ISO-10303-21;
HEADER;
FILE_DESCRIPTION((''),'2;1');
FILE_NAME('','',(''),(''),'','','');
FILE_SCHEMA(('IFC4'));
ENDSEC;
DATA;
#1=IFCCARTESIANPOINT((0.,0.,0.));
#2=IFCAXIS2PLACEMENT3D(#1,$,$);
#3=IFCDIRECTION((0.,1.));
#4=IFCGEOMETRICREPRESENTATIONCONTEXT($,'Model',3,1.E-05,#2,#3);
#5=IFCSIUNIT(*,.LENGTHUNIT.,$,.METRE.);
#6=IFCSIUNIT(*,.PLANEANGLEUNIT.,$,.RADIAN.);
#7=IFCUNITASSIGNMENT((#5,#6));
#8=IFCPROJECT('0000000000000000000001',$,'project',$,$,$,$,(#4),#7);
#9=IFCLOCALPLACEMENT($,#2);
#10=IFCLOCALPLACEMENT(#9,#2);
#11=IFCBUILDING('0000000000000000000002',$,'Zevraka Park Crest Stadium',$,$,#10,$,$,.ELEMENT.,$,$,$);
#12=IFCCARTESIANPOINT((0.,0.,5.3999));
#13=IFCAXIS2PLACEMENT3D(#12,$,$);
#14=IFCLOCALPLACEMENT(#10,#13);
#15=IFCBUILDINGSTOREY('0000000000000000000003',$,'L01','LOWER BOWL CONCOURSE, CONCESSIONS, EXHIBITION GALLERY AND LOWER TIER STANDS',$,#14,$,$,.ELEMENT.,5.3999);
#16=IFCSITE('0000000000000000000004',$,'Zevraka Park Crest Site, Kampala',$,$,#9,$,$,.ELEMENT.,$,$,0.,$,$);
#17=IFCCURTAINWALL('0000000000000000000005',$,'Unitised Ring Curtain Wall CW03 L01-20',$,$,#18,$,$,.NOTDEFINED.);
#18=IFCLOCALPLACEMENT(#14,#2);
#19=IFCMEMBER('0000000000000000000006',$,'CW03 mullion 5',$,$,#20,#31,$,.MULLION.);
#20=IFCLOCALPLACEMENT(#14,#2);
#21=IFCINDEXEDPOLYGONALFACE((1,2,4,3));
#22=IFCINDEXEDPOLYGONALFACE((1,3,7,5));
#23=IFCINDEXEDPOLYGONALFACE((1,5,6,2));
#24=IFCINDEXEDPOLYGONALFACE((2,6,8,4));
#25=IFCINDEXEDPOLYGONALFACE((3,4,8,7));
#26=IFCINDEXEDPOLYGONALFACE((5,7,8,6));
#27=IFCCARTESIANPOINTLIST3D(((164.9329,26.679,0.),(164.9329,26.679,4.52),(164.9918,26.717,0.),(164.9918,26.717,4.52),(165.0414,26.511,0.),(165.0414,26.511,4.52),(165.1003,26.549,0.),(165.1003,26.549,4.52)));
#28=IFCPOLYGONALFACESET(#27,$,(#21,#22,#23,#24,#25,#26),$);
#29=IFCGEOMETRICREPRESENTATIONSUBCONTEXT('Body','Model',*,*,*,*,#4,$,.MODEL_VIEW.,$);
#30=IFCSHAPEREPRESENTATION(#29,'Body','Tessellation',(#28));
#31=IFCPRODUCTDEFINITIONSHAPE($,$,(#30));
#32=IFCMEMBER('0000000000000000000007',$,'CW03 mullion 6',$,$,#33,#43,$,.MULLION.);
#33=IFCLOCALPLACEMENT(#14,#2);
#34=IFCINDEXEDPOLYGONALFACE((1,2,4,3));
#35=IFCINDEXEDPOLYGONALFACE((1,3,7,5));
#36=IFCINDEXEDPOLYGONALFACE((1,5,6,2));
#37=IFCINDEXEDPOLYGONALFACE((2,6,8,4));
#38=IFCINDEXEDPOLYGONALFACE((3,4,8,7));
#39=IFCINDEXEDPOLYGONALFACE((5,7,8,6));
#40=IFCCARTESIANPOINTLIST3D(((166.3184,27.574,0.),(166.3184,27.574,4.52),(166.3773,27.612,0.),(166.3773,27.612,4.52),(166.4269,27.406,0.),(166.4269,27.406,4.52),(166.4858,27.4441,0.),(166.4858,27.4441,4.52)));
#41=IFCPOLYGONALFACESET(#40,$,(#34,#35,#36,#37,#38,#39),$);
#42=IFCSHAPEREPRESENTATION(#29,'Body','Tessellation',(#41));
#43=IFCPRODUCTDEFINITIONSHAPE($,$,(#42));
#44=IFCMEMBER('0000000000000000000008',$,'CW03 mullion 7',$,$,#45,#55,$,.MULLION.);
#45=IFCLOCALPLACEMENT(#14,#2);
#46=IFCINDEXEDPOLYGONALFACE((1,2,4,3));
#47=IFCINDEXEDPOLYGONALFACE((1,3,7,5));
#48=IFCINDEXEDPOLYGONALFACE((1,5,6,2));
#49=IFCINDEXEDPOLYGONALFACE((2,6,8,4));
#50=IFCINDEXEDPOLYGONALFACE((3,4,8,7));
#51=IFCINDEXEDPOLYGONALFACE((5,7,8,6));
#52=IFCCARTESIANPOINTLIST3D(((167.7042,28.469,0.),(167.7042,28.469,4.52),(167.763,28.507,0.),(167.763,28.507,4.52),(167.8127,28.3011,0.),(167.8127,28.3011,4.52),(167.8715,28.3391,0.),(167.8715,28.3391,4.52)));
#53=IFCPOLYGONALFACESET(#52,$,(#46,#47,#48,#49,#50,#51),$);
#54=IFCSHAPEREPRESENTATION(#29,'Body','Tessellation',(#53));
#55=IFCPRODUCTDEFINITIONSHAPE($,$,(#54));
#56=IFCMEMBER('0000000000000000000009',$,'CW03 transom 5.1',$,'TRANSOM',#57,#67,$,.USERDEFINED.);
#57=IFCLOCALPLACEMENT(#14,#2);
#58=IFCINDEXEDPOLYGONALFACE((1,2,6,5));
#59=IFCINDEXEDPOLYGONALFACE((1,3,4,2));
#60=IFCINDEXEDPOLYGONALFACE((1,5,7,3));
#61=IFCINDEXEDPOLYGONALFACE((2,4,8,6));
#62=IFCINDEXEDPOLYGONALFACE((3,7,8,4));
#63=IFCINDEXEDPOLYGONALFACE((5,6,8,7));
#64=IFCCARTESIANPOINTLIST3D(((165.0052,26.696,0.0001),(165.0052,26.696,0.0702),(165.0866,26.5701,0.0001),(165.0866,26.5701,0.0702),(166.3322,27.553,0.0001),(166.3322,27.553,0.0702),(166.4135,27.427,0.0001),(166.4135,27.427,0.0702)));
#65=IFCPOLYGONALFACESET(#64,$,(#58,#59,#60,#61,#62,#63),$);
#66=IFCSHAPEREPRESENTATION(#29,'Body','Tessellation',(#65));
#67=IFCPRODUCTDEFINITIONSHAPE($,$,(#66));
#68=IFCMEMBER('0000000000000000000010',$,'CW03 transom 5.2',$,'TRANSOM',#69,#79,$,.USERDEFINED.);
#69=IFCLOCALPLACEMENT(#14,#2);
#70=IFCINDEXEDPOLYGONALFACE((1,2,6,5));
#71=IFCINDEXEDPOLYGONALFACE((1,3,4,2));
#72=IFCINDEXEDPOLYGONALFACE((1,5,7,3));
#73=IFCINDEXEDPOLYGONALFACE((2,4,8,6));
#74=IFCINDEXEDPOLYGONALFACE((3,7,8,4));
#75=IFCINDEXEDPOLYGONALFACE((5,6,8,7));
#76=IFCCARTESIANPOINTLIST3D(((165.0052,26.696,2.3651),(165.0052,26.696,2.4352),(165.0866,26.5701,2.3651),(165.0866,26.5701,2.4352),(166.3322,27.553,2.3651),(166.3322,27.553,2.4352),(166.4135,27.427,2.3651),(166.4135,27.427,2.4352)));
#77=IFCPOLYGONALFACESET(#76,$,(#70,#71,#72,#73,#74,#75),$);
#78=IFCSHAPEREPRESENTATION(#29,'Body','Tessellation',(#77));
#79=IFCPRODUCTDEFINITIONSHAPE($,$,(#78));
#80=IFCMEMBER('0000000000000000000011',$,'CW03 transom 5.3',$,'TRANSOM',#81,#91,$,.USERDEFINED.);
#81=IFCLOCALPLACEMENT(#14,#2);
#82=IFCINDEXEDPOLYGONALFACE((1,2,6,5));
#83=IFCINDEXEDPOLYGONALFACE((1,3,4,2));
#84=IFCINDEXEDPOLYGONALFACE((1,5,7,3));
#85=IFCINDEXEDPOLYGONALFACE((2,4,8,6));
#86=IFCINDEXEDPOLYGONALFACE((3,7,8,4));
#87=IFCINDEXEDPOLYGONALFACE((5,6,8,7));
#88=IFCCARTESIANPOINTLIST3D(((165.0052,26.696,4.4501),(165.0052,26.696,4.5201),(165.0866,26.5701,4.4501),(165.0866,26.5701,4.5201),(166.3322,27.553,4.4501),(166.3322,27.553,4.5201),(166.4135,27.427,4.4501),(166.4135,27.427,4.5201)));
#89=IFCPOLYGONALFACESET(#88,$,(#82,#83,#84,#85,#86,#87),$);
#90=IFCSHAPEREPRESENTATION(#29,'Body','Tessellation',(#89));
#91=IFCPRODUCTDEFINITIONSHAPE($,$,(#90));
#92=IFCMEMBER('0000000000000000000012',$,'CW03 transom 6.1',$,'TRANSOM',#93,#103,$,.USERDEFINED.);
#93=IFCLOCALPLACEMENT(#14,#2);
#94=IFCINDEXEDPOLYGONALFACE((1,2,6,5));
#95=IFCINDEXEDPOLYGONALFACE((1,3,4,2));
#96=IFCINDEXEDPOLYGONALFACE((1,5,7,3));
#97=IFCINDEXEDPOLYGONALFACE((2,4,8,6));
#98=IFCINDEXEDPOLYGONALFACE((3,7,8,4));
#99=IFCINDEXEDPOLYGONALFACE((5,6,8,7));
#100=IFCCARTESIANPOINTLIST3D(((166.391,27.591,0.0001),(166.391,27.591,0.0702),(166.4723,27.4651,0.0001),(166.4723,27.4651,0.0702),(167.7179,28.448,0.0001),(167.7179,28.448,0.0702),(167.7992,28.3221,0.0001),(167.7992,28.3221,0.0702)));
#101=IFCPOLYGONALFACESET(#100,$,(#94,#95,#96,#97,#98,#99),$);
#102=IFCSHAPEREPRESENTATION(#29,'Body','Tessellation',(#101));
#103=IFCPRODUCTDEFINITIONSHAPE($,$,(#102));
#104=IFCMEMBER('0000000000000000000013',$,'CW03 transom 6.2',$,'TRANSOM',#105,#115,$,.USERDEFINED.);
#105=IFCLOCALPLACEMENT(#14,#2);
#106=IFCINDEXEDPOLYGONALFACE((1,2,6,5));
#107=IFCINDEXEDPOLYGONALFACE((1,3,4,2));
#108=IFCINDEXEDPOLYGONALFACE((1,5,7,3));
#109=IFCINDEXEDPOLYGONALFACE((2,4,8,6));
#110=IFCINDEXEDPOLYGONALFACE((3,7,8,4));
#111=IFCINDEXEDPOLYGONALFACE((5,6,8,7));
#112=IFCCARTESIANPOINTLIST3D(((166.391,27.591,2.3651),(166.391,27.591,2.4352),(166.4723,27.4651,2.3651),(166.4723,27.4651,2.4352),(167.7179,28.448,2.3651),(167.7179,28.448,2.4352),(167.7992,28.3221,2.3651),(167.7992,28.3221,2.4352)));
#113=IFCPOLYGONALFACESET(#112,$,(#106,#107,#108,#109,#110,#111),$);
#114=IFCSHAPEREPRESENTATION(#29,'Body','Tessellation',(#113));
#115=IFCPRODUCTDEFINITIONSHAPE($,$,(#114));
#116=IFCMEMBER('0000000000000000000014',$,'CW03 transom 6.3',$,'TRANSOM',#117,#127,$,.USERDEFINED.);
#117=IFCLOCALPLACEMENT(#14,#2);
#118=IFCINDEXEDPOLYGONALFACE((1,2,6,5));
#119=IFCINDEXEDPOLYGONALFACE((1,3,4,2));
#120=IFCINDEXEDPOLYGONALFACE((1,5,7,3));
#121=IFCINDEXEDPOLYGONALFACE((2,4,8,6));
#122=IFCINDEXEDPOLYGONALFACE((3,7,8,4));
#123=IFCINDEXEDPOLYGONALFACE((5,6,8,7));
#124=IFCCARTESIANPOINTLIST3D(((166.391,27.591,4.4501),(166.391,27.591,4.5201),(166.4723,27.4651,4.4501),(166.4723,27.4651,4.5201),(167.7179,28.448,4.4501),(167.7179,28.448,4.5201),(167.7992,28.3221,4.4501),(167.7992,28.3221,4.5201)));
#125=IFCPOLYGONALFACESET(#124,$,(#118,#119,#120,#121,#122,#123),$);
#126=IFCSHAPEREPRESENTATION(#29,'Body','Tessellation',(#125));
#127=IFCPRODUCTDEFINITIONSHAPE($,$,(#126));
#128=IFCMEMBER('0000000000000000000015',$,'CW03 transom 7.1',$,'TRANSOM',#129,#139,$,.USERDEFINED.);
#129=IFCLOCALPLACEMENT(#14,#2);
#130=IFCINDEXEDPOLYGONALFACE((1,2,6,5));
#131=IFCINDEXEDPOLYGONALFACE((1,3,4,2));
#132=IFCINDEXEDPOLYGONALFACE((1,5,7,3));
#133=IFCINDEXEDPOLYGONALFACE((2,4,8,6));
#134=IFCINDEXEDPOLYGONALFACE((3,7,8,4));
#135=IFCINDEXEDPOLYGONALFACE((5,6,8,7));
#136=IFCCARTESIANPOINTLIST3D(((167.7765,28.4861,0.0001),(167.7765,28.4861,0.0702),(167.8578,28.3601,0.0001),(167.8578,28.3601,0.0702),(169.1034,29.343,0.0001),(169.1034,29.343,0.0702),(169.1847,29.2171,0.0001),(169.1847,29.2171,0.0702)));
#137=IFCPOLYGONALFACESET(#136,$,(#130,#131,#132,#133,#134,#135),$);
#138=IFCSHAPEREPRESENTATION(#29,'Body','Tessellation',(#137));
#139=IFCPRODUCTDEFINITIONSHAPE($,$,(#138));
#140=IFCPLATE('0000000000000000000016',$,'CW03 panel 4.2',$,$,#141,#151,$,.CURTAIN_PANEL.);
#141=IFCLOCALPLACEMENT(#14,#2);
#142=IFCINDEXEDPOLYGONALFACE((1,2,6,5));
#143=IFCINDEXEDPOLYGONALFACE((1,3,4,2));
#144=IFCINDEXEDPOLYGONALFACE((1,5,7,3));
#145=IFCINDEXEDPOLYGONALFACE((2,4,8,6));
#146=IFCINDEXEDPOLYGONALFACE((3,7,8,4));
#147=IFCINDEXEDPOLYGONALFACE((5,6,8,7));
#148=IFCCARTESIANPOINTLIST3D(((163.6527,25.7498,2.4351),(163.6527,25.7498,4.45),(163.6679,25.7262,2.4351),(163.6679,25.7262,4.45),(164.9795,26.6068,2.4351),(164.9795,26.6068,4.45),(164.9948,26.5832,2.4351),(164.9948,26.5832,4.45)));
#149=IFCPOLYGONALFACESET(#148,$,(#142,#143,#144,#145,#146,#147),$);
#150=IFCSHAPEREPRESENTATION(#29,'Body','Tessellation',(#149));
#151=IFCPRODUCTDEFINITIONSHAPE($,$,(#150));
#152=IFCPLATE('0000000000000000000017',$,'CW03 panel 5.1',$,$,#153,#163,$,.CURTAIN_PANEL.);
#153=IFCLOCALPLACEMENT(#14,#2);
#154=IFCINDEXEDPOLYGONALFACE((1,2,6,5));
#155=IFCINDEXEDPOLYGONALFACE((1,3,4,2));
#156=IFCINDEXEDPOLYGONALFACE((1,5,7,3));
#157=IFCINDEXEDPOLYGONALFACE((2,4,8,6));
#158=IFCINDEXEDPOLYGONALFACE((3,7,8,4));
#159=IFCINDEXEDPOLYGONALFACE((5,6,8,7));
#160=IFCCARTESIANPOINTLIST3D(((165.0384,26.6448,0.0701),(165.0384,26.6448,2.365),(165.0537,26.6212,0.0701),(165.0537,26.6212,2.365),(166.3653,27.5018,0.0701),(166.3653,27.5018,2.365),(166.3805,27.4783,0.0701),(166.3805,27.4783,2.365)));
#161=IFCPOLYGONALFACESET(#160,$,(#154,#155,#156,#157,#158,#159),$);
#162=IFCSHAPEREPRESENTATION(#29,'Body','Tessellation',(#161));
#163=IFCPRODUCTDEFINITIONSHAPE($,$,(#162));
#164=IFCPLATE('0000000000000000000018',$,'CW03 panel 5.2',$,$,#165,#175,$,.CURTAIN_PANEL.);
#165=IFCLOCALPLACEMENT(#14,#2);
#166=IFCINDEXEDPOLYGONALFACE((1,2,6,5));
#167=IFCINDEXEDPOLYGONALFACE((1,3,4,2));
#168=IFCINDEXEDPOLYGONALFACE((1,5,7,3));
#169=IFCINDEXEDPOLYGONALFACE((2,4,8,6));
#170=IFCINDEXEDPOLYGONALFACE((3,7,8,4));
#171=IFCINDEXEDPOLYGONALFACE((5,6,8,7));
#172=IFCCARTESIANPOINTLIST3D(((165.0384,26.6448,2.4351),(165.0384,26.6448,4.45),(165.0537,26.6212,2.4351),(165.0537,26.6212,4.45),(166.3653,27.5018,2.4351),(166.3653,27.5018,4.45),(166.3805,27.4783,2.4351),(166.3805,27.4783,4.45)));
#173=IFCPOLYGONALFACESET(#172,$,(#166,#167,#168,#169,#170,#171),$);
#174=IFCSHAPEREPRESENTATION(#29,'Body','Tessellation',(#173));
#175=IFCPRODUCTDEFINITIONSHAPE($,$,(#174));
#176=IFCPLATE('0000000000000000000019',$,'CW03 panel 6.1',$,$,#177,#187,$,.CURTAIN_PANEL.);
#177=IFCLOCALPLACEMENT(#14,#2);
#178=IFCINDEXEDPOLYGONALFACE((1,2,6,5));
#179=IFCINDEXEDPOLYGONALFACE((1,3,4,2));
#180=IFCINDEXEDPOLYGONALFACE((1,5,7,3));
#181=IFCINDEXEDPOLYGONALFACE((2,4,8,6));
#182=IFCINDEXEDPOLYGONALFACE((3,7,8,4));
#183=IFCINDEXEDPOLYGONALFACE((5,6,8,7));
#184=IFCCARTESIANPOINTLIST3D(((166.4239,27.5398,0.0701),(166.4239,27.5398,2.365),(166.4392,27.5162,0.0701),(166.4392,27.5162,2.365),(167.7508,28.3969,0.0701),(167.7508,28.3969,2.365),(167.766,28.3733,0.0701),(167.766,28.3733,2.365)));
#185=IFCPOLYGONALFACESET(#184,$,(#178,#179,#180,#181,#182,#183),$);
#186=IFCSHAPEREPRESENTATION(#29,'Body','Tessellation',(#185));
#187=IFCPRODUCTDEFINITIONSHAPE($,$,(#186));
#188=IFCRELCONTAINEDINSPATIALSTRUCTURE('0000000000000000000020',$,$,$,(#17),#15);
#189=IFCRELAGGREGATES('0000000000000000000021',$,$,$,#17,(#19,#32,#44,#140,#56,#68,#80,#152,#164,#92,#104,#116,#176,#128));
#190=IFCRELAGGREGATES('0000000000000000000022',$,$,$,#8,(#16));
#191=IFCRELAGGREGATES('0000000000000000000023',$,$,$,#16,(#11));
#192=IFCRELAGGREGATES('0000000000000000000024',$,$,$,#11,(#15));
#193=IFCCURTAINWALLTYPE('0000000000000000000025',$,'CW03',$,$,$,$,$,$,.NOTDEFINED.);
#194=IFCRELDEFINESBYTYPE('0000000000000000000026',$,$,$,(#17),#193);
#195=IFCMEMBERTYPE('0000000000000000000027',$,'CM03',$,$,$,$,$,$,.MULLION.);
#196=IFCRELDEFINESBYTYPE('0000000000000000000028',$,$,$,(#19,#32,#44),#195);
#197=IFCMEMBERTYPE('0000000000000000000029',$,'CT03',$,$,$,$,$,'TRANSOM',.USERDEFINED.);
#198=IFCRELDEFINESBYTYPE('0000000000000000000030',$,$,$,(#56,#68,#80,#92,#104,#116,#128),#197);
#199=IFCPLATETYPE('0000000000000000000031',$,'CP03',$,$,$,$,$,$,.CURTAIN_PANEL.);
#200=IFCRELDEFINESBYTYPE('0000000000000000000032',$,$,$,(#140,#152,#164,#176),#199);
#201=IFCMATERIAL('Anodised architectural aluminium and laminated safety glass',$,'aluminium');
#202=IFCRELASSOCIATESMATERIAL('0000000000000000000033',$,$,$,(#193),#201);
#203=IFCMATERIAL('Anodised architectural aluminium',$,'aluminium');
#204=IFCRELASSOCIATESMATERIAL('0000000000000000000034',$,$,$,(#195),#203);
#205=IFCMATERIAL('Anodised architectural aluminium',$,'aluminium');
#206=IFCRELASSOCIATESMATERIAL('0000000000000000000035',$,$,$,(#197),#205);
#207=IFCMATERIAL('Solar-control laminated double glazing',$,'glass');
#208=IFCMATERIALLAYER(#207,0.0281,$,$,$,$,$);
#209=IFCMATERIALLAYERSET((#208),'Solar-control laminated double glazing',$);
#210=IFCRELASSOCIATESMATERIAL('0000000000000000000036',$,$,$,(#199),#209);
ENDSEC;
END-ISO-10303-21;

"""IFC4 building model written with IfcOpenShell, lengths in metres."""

from ifc_helpers import new_model, si_unit, direction, frame, origin, origin_2d, place, context, subcontext, project, spatial, rectangle, extrude, material, layer, layer_set, material_profile, profile_set, type_object, element, aggregate, save


model = new_model("IFC4")

# Units and contexts
model_context = context("Model", 3, precision=1e-05, world=origin(), true_north=direction((0.0, 1.0)))
body_context = subcontext(model_context, "Body", "Model", "MODEL_VIEW")
ifc_project = project(units=[si_unit("LENGTHUNIT", "METRE"), si_unit("PLANEANGLEUNIT", "RADIAN")], contexts=[model_context])

# Site, building, storey
site_placement = place(None, origin())
site = spatial("IfcSite", under=ifc_project, at=site_placement, Name="Zevraka Park Crest Site, Kampala", CompositionType="ELEMENT", RefElevation=0.0)
building_placement = place(site_placement, origin())
building = spatial("IfcBuilding", under=site, at=building_placement, Name="Zevraka Park Crest Stadium", CompositionType="ELEMENT")
storey_placement = place(building_placement, frame((0.0, 0.0, 5.3999)))
storey = spatial("IfcBuildingStorey", under=building, at=storey_placement, Name="L01", Description="LOWER BOWL CONCOURSE, CONCESSIONS, EXHIBITION GALLERY AND LOWER TIER STANDS", CompositionType="ELEMENT", Elevation=5.3999)

# Curtain wall, members, plates
ifc_material_1 = material(Name="Anodised architectural aluminium and laminated safety glass", Category="aluminium")
curtain_wall_type = type_object("IfcCurtainWallType", Name="CW03", PredefinedType="NOTDEFINED", material=ifc_material_1)
curtain_wall_placement = place(storey_placement, origin())
curtain_wall = element("IfcCurtainWall", 1, at=curtain_wall_placement, inside=storey, type_object=curtain_wall_type, Name="Unitised Ring Curtain Wall CW03 L01-20", PredefinedType="NOTDEFINED")
ifc_material_2 = material(Name="Anodised architectural aluminium", Category="aluminium")
ifc_material_profile_1 = material_profile(ifc_material_2, rectangle(XDim=0.2, YDim=0.0701, at=origin_2d()), Name="ALU MULLION 200x70")
ifc_profile_set_1 = profile_set([ifc_material_profile_1], Name="Anodised architectural aluminium")
member_type_1 = type_object("IfcMemberType", Name="CM03", PredefinedType="MULLION", material=ifc_profile_set_1)
member_1_placement = place(storey_placement, frame((165.0166, 26.614, 0.0), z_axis=(0.0, 0.0, 1.0), x_axis=(-0.542571, 0.84001, 0.0)))
member_1 = element("IfcMember", 2, at=member_1_placement, type_object=member_type_1, Name="CW03 mullion 5", PredefinedType="MULLION", context=body_context, shape_type="SweptSolid", body=[
    extrude(rectangle(XDim=0.2, YDim=0.0701, at=origin_2d()), origin(), (0.0, 0.0, 1.0), 4.52),
])
member_2_placement = place(storey_placement, frame((166.4021, 27.509, 0.0), z_axis=(0.0, 0.0, 1.0), x_axis=(-0.542571, 0.84001, 0.0)))
member_2 = element("IfcMember", 3, at=member_2_placement, type_object=member_type_1, Name="CW03 mullion 6", PredefinedType="MULLION", context=body_context, shape_type="SweptSolid", body=[
    extrude(rectangle(XDim=0.2, YDim=0.0701, at=origin_2d()), origin(), (0.0, 0.0, 1.0), 4.52),
])
member_3_placement = place(storey_placement, frame((167.7878, 28.4041, 0.0), z_axis=(0.0, 0.0, 1.0), x_axis=(-0.542571, 0.84001, 0.0)))
member_3 = element("IfcMember", 4, at=member_3_placement, type_object=member_type_1, Name="CW03 mullion 7", PredefinedType="MULLION", context=body_context, shape_type="SweptSolid", body=[
    extrude(rectangle(XDim=0.2, YDim=0.0701, at=origin_2d()), origin(), (0.0, 0.0, 1.0), 4.52),
])
ifc_material_3 = material(Name="Anodised architectural aluminium", Category="aluminium")
ifc_material_profile_2 = material_profile(ifc_material_3, rectangle(XDim=0.1499, YDim=0.0701, at=origin_2d()), Name="ALU TRANSOM 150x70")
ifc_profile_set_2 = profile_set([ifc_material_profile_2], Name="Anodised architectural aluminium")
member_type_2 = type_object("IfcMemberType", Name="CT03", ElementType="TRANSOM", PredefinedType="USERDEFINED", material=ifc_profile_set_2)
member_4_placement = place(storey_placement, frame((165.0459, 26.6331, 0.0352), z_axis=(0.840047, 0.542514, 0.0), x_axis=(-0.542514, 0.840047, 0.0)))
member_4 = element("IfcMember", 5, at=member_4_placement, type_object=member_type_2, Name="CW03 transom 5.1", ObjectType="TRANSOM", PredefinedType="USERDEFINED", context=body_context, shape_type="SweptSolid", body=[
    extrude(rectangle(XDim=0.1499, YDim=0.0701, at=origin_2d()), origin(), (0.0, 0.0, 1.0), 1.5796),
])
member_5_placement = place(storey_placement, frame((165.0459, 26.6331, 2.4001), z_axis=(0.840047, 0.542514, 0.0), x_axis=(-0.542514, 0.840047, 0.0)))
member_5 = element("IfcMember", 6, at=member_5_placement, type_object=member_type_2, Name="CW03 transom 5.2", ObjectType="TRANSOM", PredefinedType="USERDEFINED", context=body_context, shape_type="SweptSolid", body=[
    extrude(rectangle(XDim=0.1499, YDim=0.0701, at=origin_2d()), origin(), (0.0, 0.0, 1.0), 1.5796),
])
member_6_placement = place(storey_placement, frame((165.0459, 26.6331, 4.4851), z_axis=(0.840047, 0.542514, 0.0), x_axis=(-0.542514, 0.840047, 0.0)))
member_6 = element("IfcMember", 7, at=member_6_placement, type_object=member_type_2, Name="CW03 transom 5.3", ObjectType="TRANSOM", PredefinedType="USERDEFINED", context=body_context, shape_type="SweptSolid", body=[
    extrude(rectangle(XDim=0.1499, YDim=0.0701, at=origin_2d()), origin(), (0.0, 0.0, 1.0), 1.5796),
])
member_7_placement = place(storey_placement, frame((166.4316, 27.5281, 0.0352), z_axis=(0.840047, 0.542514, 0.0), x_axis=(-0.542514, 0.840047, 0.0)))
member_7 = element("IfcMember", 8, at=member_7_placement, type_object=member_type_2, Name="CW03 transom 6.1", ObjectType="TRANSOM", PredefinedType="USERDEFINED", context=body_context, shape_type="SweptSolid", body=[
    extrude(rectangle(XDim=0.1499, YDim=0.0701, at=origin_2d()), origin(), (0.0, 0.0, 1.0), 1.5796),
])
member_8_placement = place(storey_placement, frame((166.4316, 27.5281, 2.4001), z_axis=(0.840047, 0.542514, 0.0), x_axis=(-0.542514, 0.840047, 0.0)))
member_8 = element("IfcMember", 9, at=member_8_placement, type_object=member_type_2, Name="CW03 transom 6.2", ObjectType="TRANSOM", PredefinedType="USERDEFINED", context=body_context, shape_type="SweptSolid", body=[
    extrude(rectangle(XDim=0.1499, YDim=0.0701, at=origin_2d()), origin(), (0.0, 0.0, 1.0), 1.5796),
])
member_9_placement = place(storey_placement, frame((166.4316, 27.5281, 4.4851), z_axis=(0.840047, 0.542514, 0.0), x_axis=(-0.542514, 0.840047, 0.0)))
member_9 = element("IfcMember", 10, at=member_9_placement, type_object=member_type_2, Name="CW03 transom 6.3", ObjectType="TRANSOM", PredefinedType="USERDEFINED", context=body_context, shape_type="SweptSolid", body=[
    extrude(rectangle(XDim=0.1499, YDim=0.0701, at=origin_2d()), origin(), (0.0, 0.0, 1.0), 1.5796),
])
member_10_placement = place(storey_placement, frame((167.8171, 28.4231, 0.0352), z_axis=(0.840047, 0.542514, 0.0), x_axis=(-0.542514, 0.840047, 0.0)))
member_10 = element("IfcMember", 11, at=member_10_placement, type_object=member_type_2, Name="CW03 transom 7.1", ObjectType="TRANSOM", PredefinedType="USERDEFINED", context=body_context, shape_type="SweptSolid", body=[
    extrude(rectangle(XDim=0.1499, YDim=0.0701, at=origin_2d()), origin(), (0.0, 0.0, 1.0), 1.5796),
])
ifc_material_4 = material(Name="Solar-control laminated double glazing", Category="glass")
ifc_layer_1 = layer(ifc_material_4, 0.0281)
ifc_layer_set_1 = layer_set([ifc_layer_1], Name="Solar-control laminated double glazing")
plate_type = type_object("IfcPlateType", Name="CP03", PredefinedType="CURTAIN_PANEL", material=ifc_layer_set_1)
plate_1_placement = place(storey_placement, frame((164.3237, 26.1665, 2.4351), z_axis=(0.0, 0.0, 1.0), x_axis=(0.84001, 0.542571, 0.0)))
plate_1 = element("IfcPlate", 12, at=plate_1_placement, type_object=plate_type, Name="CW03 panel 4.2", PredefinedType="CURTAIN_PANEL", context=body_context, shape_type="SweptSolid", body=[
    extrude(rectangle(XDim=1.5796, YDim=0.0281, at=origin_2d()), origin(), (0.0, 0.0, 1.0), 2.0149),
])
plate_2_placement = place(storey_placement, frame((165.7095, 27.0615, 0.0701), z_axis=(0.0, 0.0, 1.0), x_axis=(0.84001, 0.542571, 0.0)))
plate_2 = element("IfcPlate", 13, at=plate_2_placement, type_object=plate_type, Name="CW03 panel 5.1", PredefinedType="CURTAIN_PANEL", context=body_context, shape_type="SweptSolid", body=[
    extrude(rectangle(XDim=1.5796, YDim=0.0281, at=origin_2d()), origin(), (0.0, 0.0, 1.0), 2.2949),
])
plate_3_placement = place(storey_placement, frame((165.7095, 27.0615, 2.4351), z_axis=(0.0, 0.0, 1.0), x_axis=(0.84001, 0.542571, 0.0)))
plate_3 = element("IfcPlate", 14, at=plate_3_placement, type_object=plate_type, Name="CW03 panel 5.2", PredefinedType="CURTAIN_PANEL", context=body_context, shape_type="SweptSolid", body=[
    extrude(rectangle(XDim=1.5796, YDim=0.0281, at=origin_2d()), origin(), (0.0, 0.0, 1.0), 2.0149),
])
plate_4_placement = place(storey_placement, frame((167.095, 27.9565, 0.0701), z_axis=(0.0, 0.0, 1.0), x_axis=(0.84001, 0.542571, 0.0)))
plate_4 = element("IfcPlate", 15, at=plate_4_placement, type_object=plate_type, Name="CW03 panel 6.1", PredefinedType="CURTAIN_PANEL", context=body_context, shape_type="SweptSolid", body=[
    extrude(rectangle(XDim=1.5796, YDim=0.0281, at=origin_2d()), origin(), (0.0, 0.0, 1.0), 2.2949),
])
aggregate(curtain_wall, [member_1, member_2, member_3, plate_1, member_4, member_5, member_6, plate_2, plate_3, member_7, member_8, member_9, plate_4, member_10])

save(model, "model.ifc")
